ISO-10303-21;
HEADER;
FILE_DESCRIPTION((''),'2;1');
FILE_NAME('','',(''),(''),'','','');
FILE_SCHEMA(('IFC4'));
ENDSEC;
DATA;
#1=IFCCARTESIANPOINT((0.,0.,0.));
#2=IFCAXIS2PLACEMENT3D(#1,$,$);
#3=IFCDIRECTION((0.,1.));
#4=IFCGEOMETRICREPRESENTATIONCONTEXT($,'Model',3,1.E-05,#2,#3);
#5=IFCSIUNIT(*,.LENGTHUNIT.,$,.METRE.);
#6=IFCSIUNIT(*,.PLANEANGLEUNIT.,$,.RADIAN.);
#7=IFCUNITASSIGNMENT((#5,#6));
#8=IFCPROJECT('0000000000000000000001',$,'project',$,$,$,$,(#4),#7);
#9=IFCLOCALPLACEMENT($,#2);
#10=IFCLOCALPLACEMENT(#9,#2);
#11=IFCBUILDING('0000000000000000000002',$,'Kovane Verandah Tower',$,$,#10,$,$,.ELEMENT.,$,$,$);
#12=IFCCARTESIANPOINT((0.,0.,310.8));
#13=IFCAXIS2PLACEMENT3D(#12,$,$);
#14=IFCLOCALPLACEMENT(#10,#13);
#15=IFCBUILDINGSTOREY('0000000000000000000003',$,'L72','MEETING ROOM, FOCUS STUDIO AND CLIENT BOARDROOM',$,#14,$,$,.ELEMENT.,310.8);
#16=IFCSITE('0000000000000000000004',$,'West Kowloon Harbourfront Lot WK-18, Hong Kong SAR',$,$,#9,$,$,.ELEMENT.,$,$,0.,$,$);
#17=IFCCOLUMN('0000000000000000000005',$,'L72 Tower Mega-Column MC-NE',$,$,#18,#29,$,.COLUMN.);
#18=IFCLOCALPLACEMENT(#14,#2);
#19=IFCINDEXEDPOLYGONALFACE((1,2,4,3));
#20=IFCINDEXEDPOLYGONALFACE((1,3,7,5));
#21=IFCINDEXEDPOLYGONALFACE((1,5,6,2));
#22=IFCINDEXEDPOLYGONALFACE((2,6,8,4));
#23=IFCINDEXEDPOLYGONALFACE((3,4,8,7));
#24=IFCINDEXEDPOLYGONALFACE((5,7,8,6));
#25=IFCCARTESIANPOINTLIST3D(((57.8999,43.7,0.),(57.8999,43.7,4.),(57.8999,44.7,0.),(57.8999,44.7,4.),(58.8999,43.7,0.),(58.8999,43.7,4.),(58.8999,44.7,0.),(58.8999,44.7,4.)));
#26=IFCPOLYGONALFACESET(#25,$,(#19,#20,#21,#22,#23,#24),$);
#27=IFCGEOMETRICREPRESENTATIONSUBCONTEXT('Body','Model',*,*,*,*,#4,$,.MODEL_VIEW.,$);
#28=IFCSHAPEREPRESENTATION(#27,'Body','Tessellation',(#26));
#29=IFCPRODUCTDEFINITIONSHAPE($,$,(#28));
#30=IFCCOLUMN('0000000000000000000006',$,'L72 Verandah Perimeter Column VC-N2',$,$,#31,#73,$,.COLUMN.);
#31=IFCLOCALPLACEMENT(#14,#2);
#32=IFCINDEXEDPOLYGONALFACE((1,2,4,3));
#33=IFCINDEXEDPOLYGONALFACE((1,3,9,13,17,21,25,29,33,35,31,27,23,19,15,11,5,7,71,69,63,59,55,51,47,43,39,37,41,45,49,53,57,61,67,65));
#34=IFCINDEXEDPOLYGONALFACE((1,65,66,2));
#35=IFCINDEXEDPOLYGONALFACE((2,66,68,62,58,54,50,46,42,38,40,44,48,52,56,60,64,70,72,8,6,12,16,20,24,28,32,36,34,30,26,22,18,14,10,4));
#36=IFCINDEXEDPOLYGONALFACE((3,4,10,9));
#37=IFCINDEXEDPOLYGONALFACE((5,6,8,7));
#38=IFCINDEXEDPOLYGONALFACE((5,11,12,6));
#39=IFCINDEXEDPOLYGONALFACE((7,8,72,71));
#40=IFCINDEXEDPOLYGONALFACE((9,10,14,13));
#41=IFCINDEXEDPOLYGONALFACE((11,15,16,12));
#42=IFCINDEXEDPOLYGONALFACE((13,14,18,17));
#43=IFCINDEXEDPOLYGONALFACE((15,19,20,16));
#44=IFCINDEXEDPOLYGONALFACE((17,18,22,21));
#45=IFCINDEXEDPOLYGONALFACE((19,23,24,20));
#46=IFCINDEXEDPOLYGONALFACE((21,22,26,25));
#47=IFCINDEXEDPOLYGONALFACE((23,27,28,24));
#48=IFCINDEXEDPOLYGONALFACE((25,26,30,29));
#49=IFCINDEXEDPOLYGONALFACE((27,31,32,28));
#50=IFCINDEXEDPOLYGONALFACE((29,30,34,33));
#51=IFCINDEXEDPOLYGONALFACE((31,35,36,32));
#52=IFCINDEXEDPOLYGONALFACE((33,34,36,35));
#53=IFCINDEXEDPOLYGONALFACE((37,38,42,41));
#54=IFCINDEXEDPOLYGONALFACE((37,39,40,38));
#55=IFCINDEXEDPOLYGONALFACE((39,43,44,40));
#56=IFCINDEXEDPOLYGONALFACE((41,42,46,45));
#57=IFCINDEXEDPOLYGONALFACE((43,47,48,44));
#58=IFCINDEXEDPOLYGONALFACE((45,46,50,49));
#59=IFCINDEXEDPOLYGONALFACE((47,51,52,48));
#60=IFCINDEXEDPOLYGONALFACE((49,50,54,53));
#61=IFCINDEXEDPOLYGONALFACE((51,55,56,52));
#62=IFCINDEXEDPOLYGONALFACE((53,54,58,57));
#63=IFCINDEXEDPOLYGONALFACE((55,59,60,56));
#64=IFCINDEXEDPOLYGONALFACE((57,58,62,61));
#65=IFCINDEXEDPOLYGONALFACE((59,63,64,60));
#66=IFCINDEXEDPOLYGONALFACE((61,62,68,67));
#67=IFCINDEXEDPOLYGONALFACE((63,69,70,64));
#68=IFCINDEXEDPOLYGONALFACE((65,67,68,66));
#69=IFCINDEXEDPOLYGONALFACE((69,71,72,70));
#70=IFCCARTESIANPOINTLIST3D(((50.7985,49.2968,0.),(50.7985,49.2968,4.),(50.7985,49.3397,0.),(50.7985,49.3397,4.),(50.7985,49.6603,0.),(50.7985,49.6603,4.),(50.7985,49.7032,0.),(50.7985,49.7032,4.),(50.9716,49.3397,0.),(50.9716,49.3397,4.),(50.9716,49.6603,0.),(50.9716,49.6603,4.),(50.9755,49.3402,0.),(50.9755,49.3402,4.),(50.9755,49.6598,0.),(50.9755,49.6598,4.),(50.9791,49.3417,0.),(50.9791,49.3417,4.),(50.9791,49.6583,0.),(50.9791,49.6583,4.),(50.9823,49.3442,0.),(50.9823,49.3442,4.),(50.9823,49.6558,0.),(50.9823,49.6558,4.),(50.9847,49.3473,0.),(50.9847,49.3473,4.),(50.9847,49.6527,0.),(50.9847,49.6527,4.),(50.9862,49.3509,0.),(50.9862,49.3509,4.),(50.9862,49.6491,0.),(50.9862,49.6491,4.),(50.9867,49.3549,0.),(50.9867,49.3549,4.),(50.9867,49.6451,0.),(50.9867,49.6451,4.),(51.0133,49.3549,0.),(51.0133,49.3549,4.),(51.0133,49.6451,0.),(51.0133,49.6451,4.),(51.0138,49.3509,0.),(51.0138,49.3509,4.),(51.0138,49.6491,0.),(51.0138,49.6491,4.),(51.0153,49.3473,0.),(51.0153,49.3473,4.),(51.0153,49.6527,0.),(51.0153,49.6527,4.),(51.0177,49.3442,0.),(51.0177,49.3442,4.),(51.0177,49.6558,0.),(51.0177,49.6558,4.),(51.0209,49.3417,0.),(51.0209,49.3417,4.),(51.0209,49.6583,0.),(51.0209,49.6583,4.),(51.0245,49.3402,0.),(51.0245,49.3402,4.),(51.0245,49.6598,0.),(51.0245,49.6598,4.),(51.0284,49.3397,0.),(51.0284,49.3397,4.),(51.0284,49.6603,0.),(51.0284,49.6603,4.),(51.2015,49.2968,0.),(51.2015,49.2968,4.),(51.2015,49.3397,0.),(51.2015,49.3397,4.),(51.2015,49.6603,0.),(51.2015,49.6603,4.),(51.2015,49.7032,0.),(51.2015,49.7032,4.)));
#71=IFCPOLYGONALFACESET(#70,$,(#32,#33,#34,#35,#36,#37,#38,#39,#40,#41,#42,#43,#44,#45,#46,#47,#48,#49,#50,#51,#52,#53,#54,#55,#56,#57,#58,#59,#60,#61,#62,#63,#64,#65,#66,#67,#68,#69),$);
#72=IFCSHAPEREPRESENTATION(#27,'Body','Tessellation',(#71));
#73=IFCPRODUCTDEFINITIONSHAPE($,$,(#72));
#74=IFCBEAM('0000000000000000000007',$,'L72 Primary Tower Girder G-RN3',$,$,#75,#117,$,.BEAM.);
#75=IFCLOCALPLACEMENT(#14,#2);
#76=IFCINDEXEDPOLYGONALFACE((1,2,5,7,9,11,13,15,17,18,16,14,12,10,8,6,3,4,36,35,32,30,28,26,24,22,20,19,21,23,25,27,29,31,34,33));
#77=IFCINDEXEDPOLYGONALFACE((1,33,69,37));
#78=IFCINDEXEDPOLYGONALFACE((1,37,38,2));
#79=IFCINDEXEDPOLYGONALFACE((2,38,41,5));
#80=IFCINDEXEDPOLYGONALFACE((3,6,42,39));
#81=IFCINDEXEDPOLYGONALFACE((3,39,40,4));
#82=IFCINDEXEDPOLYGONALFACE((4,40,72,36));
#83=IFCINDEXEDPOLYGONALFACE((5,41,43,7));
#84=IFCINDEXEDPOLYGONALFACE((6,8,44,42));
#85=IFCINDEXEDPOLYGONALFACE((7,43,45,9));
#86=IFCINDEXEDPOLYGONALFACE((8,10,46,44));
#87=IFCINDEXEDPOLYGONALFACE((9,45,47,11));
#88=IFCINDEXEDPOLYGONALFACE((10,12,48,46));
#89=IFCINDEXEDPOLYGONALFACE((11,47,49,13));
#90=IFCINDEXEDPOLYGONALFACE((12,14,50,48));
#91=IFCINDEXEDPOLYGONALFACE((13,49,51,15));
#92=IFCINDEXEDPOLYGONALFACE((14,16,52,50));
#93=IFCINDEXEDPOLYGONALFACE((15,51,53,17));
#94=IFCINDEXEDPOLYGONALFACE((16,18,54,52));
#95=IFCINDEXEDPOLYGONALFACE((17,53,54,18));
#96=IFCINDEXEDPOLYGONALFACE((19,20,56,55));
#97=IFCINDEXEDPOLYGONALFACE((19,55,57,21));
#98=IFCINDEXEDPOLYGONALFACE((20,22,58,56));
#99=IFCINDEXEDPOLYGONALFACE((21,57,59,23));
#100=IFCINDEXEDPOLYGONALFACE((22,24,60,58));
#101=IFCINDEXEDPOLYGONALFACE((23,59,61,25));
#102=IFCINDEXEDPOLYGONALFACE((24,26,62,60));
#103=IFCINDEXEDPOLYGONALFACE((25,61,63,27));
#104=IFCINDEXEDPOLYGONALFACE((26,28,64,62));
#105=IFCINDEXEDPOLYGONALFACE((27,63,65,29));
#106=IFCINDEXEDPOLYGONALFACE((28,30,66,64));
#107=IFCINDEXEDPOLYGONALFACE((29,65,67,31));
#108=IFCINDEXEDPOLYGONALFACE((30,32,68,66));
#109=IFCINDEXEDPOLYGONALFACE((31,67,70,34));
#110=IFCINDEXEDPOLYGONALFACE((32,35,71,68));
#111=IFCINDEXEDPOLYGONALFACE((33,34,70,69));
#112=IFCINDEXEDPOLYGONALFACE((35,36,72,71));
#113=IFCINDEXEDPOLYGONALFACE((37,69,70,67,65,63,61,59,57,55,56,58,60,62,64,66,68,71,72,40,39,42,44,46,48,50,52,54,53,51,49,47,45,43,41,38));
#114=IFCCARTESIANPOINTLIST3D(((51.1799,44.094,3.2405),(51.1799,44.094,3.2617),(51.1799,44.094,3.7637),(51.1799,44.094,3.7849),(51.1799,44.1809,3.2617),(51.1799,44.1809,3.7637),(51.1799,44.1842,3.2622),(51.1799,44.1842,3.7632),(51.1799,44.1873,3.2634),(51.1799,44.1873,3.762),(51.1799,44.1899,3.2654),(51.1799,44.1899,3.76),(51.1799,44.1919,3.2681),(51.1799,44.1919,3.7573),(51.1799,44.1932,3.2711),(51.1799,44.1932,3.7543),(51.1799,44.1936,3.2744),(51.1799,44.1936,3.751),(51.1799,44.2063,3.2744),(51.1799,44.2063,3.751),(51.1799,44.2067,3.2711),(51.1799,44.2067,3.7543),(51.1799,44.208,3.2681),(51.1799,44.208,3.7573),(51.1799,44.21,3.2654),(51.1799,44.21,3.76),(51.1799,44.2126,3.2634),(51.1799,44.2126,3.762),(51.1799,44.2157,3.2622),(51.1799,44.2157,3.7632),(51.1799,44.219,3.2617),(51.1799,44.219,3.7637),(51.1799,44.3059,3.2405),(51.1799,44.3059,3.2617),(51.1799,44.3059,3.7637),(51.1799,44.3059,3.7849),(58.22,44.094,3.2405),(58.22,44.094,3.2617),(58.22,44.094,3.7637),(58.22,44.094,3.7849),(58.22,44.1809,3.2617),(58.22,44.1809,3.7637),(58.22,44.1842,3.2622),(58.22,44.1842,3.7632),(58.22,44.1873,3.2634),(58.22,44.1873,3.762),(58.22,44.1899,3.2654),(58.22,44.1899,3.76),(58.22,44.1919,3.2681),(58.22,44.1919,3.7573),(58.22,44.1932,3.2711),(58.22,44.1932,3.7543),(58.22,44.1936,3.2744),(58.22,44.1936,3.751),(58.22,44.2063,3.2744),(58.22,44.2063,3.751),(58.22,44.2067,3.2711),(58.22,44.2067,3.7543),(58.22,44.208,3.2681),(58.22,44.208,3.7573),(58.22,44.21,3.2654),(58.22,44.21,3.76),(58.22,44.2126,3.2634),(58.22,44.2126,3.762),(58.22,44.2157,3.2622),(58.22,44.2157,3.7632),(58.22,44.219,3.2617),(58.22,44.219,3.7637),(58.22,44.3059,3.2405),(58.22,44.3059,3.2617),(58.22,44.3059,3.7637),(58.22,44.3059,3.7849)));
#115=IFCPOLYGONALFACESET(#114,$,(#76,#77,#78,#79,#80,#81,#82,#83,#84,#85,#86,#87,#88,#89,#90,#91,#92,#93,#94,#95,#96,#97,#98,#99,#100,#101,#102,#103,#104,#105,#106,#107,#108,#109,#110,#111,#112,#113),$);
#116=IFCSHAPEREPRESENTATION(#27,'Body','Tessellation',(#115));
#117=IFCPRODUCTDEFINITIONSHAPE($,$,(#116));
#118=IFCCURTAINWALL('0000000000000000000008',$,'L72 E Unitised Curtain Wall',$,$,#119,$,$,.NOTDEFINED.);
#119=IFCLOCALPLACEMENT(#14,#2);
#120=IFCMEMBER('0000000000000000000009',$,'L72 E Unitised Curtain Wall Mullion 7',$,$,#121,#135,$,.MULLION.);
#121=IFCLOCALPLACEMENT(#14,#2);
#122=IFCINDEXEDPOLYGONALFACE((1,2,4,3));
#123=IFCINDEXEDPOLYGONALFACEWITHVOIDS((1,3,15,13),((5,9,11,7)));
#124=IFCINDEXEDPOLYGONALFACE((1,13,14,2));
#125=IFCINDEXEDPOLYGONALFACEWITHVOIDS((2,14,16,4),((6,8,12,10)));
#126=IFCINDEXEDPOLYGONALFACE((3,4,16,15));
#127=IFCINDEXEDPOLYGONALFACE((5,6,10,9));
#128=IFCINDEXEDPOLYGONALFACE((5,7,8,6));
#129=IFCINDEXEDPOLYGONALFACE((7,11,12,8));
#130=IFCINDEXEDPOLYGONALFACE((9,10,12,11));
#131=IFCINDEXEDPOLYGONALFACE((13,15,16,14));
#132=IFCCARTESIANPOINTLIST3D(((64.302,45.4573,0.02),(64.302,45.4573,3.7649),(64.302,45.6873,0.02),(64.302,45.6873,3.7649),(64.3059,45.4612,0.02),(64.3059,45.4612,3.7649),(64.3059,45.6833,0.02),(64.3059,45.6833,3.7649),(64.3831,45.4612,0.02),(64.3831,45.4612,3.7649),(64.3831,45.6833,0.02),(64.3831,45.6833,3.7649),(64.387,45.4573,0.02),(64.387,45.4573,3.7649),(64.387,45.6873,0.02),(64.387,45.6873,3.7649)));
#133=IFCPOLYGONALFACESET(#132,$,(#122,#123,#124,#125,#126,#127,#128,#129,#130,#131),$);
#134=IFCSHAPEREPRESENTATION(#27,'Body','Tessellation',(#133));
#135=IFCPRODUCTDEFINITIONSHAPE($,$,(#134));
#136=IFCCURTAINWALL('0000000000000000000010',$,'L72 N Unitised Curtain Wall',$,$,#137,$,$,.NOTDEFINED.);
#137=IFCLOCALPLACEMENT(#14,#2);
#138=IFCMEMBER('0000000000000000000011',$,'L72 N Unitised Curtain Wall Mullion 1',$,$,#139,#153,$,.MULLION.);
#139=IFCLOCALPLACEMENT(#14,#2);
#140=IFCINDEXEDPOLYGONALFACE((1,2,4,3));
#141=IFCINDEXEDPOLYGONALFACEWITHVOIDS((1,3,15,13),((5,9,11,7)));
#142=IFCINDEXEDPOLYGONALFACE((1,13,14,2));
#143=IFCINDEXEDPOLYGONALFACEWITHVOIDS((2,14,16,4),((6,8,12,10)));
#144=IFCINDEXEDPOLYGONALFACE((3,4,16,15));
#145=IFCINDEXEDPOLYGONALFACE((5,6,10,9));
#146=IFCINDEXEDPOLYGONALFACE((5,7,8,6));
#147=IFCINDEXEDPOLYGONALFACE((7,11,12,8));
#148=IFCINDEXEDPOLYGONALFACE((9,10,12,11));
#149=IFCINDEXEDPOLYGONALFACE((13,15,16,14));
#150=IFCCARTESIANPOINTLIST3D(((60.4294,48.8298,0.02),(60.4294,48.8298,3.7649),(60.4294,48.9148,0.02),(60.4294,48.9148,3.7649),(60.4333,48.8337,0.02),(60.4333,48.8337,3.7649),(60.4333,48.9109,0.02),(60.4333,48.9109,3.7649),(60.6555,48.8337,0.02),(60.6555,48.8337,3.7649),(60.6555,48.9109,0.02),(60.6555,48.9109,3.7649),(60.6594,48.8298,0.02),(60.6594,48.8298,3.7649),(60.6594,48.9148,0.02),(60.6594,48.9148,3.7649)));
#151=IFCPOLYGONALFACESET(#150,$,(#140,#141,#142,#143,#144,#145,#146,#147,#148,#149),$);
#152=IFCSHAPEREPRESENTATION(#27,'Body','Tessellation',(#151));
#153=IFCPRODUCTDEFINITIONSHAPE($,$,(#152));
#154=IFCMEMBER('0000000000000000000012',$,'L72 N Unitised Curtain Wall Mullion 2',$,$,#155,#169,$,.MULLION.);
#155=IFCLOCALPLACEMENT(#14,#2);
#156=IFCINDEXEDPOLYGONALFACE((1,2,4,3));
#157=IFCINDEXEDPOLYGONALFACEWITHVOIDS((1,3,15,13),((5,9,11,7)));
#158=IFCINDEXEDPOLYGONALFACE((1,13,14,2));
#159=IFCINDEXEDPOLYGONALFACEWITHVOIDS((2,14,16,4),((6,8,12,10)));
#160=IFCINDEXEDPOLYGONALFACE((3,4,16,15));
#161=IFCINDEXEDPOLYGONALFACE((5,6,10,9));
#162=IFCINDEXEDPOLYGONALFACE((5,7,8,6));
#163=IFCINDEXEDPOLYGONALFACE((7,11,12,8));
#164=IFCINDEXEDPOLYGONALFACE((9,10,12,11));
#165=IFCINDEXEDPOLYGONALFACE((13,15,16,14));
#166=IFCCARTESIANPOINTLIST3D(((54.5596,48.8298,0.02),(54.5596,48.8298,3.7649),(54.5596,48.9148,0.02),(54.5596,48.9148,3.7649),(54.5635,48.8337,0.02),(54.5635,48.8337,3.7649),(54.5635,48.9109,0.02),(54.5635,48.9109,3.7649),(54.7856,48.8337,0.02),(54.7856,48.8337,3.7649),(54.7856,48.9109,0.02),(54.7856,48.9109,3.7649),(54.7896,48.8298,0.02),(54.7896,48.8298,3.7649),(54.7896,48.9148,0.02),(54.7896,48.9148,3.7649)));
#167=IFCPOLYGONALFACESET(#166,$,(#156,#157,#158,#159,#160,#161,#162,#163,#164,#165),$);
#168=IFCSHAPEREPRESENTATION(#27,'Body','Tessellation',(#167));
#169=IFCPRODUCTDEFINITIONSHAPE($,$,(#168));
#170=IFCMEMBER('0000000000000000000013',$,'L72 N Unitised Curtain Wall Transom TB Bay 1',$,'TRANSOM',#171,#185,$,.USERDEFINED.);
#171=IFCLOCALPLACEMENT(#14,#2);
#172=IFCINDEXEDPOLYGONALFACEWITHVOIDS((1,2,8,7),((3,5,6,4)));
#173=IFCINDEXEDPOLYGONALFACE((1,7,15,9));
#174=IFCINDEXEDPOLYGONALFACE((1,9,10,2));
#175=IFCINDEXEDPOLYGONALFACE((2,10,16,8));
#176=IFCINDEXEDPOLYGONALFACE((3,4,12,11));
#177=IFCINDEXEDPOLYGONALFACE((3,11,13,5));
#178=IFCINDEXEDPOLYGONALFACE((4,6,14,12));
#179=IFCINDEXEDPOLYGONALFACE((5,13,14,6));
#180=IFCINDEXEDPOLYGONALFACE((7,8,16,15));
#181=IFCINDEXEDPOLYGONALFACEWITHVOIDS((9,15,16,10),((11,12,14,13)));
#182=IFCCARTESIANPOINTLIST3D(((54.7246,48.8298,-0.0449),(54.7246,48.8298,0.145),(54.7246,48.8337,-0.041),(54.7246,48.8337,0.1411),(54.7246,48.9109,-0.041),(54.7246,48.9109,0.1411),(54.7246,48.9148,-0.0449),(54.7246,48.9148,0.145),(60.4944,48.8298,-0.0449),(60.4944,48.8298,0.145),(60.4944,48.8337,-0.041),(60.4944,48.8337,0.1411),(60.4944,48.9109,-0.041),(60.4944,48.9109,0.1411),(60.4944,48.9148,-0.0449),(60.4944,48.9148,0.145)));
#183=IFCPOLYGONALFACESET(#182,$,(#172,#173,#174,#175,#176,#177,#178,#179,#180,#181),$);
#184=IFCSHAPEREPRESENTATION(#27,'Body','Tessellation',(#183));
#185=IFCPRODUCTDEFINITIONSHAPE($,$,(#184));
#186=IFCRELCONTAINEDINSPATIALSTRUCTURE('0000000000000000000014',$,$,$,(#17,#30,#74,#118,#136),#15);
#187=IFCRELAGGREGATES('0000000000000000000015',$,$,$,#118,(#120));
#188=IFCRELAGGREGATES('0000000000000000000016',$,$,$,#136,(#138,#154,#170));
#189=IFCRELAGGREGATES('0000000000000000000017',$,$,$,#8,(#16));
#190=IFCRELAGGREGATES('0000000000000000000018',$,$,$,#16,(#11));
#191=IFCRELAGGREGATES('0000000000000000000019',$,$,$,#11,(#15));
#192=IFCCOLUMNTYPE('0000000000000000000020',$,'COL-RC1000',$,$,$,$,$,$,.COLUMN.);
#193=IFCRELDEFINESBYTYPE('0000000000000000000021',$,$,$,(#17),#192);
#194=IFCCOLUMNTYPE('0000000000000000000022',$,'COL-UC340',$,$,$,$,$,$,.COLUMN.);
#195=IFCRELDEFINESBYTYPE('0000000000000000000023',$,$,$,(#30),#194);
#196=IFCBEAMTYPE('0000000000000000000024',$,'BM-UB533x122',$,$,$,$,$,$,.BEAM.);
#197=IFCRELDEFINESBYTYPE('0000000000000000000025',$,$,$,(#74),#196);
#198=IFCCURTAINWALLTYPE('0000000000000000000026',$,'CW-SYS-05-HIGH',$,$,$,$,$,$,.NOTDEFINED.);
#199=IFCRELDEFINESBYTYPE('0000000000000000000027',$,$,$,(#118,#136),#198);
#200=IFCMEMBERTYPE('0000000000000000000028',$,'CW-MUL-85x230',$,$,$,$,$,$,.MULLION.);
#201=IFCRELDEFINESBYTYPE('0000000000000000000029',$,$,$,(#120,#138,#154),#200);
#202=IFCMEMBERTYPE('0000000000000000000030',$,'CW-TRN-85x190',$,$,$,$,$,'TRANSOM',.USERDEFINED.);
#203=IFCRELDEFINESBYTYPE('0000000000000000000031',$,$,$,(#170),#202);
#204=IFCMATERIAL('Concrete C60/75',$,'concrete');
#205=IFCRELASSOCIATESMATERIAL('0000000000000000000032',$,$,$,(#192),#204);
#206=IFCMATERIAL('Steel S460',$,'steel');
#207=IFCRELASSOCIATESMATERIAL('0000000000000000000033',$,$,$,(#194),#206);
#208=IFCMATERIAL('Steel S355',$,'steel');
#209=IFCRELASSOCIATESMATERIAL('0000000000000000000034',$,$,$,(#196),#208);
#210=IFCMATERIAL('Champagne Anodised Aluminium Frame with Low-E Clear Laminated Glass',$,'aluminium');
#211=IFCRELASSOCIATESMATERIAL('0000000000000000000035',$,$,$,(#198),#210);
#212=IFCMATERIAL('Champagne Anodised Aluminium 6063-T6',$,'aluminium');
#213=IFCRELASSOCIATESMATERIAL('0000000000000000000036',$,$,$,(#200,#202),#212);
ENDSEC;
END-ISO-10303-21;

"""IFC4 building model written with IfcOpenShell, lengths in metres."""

from ifc_helpers import new_model, si_unit, direction, frame, origin, origin_2d, place, context, subcontext, project, spatial, rectangle, hollow_rectangle, i_section, extrude, material, material_profile, profile_set, type_object, element, aggregate, save


model = new_model("IFC4")

# Units and contexts
model_context = context("Model", 3, precision=1e-05, world=origin(), true_north=direction((0.0, 1.0)))
body_context = subcontext(model_context, "Body", "Model", "MODEL_VIEW")
ifc_project = project(units=[si_unit("LENGTHUNIT", "METRE"), si_unit("PLANEANGLEUNIT", "RADIAN")], contexts=[model_context])

# Site, building, storey
site_placement = place(None, origin())
site = spatial("IfcSite", under=ifc_project, at=site_placement, Name="West Kowloon Harbourfront Lot WK-18, Hong Kong SAR", CompositionType="ELEMENT", RefElevation=0.0)
building_placement = place(site_placement, origin())
building = spatial("IfcBuilding", under=site, at=building_placement, Name="Kovane Verandah Tower", CompositionType="ELEMENT")
storey_placement = place(building_placement, frame((0.0, 0.0, 310.8)))
storey = spatial("IfcBuildingStorey", under=building, at=storey_placement, Name="L72", Description="MEETING ROOM, FOCUS STUDIO AND CLIENT BOARDROOM", CompositionType="ELEMENT", Elevation=310.8)

# Columns
ifc_material_1 = material(Name="Concrete C60/75", Category="concrete")
ifc_material_profile_1 = material_profile(ifc_material_1, rectangle(XDim=1.0, YDim=1.0, at=origin_2d()), Name="RC1000x1000")
ifc_profile_set_1 = profile_set([ifc_material_profile_1], Name="Concrete C60/75")
column_type_1 = type_object("IfcColumnType", Name="COL-RC1000", PredefinedType="COLUMN", material=ifc_profile_set_1)
column_1_placement = place(storey_placement, frame((58.3999, 44.2, 0.0), z_axis=(0.0, 0.0, 1.0), x_axis=(1.0, 0.0, 0.0)))
element("IfcColumn", 1, at=column_1_placement, inside=storey, type_object=column_type_1, Name="L72 Tower Mega-Column MC-NE", PredefinedType="COLUMN", context=body_context, shape_type="SweptSolid", body=[
    extrude(rectangle(XDim=1.0, YDim=1.0, at=origin_2d()), origin(), (0.0, 0.0, 1.0), 4.0),
])
ifc_material_2 = material(Name="Steel S460", Category="steel")
ifc_material_profile_2 = material_profile(ifc_material_2, i_section(OverallWidth=0.4031, OverallDepth=0.4065, WebThickness=0.0266, FlangeThickness=0.043, FilletRadius=0.0151, at=origin_2d()), Name="UC356x406x340")
ifc_profile_set_2 = profile_set([ifc_material_profile_2], Name="Steel S460")
column_type_2 = type_object("IfcColumnType", Name="COL-UC340", PredefinedType="COLUMN", material=ifc_profile_set_2)
column_2_placement = place(storey_placement, frame((51.0, 49.5, 0.0), z_axis=(0.0, 0.0, 1.0), x_axis=(1.0, 0.0, 0.0)))
element("IfcColumn", 2, at=column_2_placement, inside=storey, type_object=column_type_2, Name="L72 Verandah Perimeter Column VC-N2", PredefinedType="COLUMN", context=body_context, shape_type="SweptSolid", body=[
    extrude(i_section(OverallWidth=0.4031, OverallDepth=0.4065, WebThickness=0.0266, FlangeThickness=0.043, FilletRadius=0.0151, at=origin_2d()), origin(), (0.0, 0.0, 1.0), 4.0),
])

# Beam
ifc_material_3 = material(Name="Steel S355", Category="steel")
ifc_material_profile_3 = material_profile(ifc_material_3, i_section(OverallWidth=0.2119, OverallDepth=0.5444, WebThickness=0.0127, FlangeThickness=0.0212, FilletRadius=0.0127, at=origin_2d()), Name="UB533x210x122")
ifc_profile_set_3 = profile_set([ifc_material_profile_3], Name="Steel S355")
beam_type = type_object("IfcBeamType", Name="BM-UB533x122", PredefinedType="BEAM", material=ifc_profile_set_3)
beam_placement = place(storey_placement, frame((51.1799, 44.2, 3.5127), z_axis=(1.0, 0.0, 0.0), x_axis=(0.0, 1.0, 0.0)))
element("IfcBeam", 3, at=beam_placement, inside=storey, type_object=beam_type, Name="L72 Primary Tower Girder G-RN3", PredefinedType="BEAM", context=body_context, shape_type="SweptSolid", body=[
    extrude(i_section(OverallWidth=0.2119, OverallDepth=0.5444, WebThickness=0.0127, FlangeThickness=0.0212, FilletRadius=0.0127, at=origin_2d()), origin(), (0.0, 0.0, 1.0), 7.04),
])

# Curtain wall, member
ifc_material_4 = material(Name="Champagne Anodised Aluminium Frame with Low-E Clear Laminated Glass", Category="aluminium")
curtain_wall_type = type_object("IfcCurtainWallType", Name="CW-SYS-05-HIGH", PredefinedType="NOTDEFINED", material=ifc_material_4)
curtain_wall_1_placement = place(storey_placement, origin())
curtain_wall_1 = element("IfcCurtainWall", 4, at=curtain_wall_1_placement, inside=storey, type_object=curtain_wall_type, Name="L72 E Unitised Curtain Wall", PredefinedType="NOTDEFINED")
ifc_material_5 = material(Name="Champagne Anodised Aluminium 6063-T6", Category="aluminium")
ifc_material_profile_4 = material_profile(ifc_material_5, hollow_rectangle(XDim=0.085, YDim=0.23, WallThickness=0.0039, at=origin_2d()), Name="AL85x230x4")
ifc_profile_set_4 = profile_set([ifc_material_profile_4], Name="Champagne Anodised Aluminium 6063-T6")
member_type_1 = type_object("IfcMemberType", Name="CW-MUL-85x230", PredefinedType="MULLION", material=ifc_profile_set_4)
member_1_placement = place(storey_placement, frame((64.3445, 45.5723, 0.02), z_axis=(0.0, 0.0, 1.0), x_axis=(1.0, 0.0, 0.0)))
member_1 = element("IfcMember", 5, at=member_1_placement, type_object=member_type_1, Name="L72 E Unitised Curtain Wall Mullion 7", PredefinedType="MULLION", context=body_context, shape_type="SweptSolid", body=[
    extrude(hollow_rectangle(XDim=0.085, YDim=0.23, WallThickness=0.0039, at=origin_2d()), origin(), (0.0, 0.0, 1.0), 3.7449),
])

# Curtain wall, members
curtain_wall_2_placement = place(storey_placement, origin())
curtain_wall_2 = element("IfcCurtainWall", 6, at=curtain_wall_2_placement, inside=storey, type_object=curtain_wall_type, Name="L72 N Unitised Curtain Wall", PredefinedType="NOTDEFINED")
member_2_placement = place(storey_placement, frame((60.5444, 48.8723, 0.02), z_axis=(0.0, 0.0, 1.0), x_axis=(0.0, 1.0, 0.0)))
member_2 = element("IfcMember", 7, at=member_2_placement, type_object=member_type_1, Name="L72 N Unitised Curtain Wall Mullion 1", PredefinedType="MULLION", context=body_context, shape_type="SweptSolid", body=[
    extrude(hollow_rectangle(XDim=0.085, YDim=0.23, WallThickness=0.0039, at=origin_2d()), origin(), (0.0, 0.0, 1.0), 3.7449),
])
member_3_placement = place(storey_placement, frame((54.6746, 48.8723, 0.02), z_axis=(0.0, 0.0, 1.0), x_axis=(0.0, 1.0, 0.0)))
member_3 = element("IfcMember", 8, at=member_3_placement, type_object=member_type_1, Name="L72 N Unitised Curtain Wall Mullion 2", PredefinedType="MULLION", context=body_context, shape_type="SweptSolid", body=[
    extrude(hollow_rectangle(XDim=0.085, YDim=0.23, WallThickness=0.0039, at=origin_2d()), origin(), (0.0, 0.0, 1.0), 3.7449),
])
ifc_material_profile_5 = material_profile(ifc_material_5, hollow_rectangle(XDim=0.085, YDim=0.1899, WallThickness=0.0039, at=origin_2d()), Name="AL85x190x4")
ifc_profile_set_5 = profile_set([ifc_material_profile_5], Name="Champagne Anodised Aluminium 6063-T6")
member_type_2 = type_object("IfcMemberType", Name="CW-TRN-85x190", ElementType="TRANSOM", PredefinedType="USERDEFINED", material=ifc_profile_set_5)
member_4_placement = place(storey_placement, frame((60.4944, 48.8723, 0.05), z_axis=(-1.0, 0.0, 0.0), x_axis=(0.0, -1.0, 0.0)))
member_4 = element("IfcMember", 9, at=member_4_placement, type_object=member_type_2, Name="L72 N Unitised Curtain Wall Transom TB Bay 1", ObjectType="TRANSOM", PredefinedType="USERDEFINED", context=body_context, shape_type="SweptSolid", body=[
    extrude(hollow_rectangle(XDim=0.085, YDim=0.1899, WallThickness=0.0039, at=origin_2d()), origin(), (0.0, 0.0, 1.0), 5.7698),
])

aggregate(curtain_wall_1, [member_1])
aggregate(curtain_wall_2, [member_2, member_3, member_4])

save(model, "model.ifc")
